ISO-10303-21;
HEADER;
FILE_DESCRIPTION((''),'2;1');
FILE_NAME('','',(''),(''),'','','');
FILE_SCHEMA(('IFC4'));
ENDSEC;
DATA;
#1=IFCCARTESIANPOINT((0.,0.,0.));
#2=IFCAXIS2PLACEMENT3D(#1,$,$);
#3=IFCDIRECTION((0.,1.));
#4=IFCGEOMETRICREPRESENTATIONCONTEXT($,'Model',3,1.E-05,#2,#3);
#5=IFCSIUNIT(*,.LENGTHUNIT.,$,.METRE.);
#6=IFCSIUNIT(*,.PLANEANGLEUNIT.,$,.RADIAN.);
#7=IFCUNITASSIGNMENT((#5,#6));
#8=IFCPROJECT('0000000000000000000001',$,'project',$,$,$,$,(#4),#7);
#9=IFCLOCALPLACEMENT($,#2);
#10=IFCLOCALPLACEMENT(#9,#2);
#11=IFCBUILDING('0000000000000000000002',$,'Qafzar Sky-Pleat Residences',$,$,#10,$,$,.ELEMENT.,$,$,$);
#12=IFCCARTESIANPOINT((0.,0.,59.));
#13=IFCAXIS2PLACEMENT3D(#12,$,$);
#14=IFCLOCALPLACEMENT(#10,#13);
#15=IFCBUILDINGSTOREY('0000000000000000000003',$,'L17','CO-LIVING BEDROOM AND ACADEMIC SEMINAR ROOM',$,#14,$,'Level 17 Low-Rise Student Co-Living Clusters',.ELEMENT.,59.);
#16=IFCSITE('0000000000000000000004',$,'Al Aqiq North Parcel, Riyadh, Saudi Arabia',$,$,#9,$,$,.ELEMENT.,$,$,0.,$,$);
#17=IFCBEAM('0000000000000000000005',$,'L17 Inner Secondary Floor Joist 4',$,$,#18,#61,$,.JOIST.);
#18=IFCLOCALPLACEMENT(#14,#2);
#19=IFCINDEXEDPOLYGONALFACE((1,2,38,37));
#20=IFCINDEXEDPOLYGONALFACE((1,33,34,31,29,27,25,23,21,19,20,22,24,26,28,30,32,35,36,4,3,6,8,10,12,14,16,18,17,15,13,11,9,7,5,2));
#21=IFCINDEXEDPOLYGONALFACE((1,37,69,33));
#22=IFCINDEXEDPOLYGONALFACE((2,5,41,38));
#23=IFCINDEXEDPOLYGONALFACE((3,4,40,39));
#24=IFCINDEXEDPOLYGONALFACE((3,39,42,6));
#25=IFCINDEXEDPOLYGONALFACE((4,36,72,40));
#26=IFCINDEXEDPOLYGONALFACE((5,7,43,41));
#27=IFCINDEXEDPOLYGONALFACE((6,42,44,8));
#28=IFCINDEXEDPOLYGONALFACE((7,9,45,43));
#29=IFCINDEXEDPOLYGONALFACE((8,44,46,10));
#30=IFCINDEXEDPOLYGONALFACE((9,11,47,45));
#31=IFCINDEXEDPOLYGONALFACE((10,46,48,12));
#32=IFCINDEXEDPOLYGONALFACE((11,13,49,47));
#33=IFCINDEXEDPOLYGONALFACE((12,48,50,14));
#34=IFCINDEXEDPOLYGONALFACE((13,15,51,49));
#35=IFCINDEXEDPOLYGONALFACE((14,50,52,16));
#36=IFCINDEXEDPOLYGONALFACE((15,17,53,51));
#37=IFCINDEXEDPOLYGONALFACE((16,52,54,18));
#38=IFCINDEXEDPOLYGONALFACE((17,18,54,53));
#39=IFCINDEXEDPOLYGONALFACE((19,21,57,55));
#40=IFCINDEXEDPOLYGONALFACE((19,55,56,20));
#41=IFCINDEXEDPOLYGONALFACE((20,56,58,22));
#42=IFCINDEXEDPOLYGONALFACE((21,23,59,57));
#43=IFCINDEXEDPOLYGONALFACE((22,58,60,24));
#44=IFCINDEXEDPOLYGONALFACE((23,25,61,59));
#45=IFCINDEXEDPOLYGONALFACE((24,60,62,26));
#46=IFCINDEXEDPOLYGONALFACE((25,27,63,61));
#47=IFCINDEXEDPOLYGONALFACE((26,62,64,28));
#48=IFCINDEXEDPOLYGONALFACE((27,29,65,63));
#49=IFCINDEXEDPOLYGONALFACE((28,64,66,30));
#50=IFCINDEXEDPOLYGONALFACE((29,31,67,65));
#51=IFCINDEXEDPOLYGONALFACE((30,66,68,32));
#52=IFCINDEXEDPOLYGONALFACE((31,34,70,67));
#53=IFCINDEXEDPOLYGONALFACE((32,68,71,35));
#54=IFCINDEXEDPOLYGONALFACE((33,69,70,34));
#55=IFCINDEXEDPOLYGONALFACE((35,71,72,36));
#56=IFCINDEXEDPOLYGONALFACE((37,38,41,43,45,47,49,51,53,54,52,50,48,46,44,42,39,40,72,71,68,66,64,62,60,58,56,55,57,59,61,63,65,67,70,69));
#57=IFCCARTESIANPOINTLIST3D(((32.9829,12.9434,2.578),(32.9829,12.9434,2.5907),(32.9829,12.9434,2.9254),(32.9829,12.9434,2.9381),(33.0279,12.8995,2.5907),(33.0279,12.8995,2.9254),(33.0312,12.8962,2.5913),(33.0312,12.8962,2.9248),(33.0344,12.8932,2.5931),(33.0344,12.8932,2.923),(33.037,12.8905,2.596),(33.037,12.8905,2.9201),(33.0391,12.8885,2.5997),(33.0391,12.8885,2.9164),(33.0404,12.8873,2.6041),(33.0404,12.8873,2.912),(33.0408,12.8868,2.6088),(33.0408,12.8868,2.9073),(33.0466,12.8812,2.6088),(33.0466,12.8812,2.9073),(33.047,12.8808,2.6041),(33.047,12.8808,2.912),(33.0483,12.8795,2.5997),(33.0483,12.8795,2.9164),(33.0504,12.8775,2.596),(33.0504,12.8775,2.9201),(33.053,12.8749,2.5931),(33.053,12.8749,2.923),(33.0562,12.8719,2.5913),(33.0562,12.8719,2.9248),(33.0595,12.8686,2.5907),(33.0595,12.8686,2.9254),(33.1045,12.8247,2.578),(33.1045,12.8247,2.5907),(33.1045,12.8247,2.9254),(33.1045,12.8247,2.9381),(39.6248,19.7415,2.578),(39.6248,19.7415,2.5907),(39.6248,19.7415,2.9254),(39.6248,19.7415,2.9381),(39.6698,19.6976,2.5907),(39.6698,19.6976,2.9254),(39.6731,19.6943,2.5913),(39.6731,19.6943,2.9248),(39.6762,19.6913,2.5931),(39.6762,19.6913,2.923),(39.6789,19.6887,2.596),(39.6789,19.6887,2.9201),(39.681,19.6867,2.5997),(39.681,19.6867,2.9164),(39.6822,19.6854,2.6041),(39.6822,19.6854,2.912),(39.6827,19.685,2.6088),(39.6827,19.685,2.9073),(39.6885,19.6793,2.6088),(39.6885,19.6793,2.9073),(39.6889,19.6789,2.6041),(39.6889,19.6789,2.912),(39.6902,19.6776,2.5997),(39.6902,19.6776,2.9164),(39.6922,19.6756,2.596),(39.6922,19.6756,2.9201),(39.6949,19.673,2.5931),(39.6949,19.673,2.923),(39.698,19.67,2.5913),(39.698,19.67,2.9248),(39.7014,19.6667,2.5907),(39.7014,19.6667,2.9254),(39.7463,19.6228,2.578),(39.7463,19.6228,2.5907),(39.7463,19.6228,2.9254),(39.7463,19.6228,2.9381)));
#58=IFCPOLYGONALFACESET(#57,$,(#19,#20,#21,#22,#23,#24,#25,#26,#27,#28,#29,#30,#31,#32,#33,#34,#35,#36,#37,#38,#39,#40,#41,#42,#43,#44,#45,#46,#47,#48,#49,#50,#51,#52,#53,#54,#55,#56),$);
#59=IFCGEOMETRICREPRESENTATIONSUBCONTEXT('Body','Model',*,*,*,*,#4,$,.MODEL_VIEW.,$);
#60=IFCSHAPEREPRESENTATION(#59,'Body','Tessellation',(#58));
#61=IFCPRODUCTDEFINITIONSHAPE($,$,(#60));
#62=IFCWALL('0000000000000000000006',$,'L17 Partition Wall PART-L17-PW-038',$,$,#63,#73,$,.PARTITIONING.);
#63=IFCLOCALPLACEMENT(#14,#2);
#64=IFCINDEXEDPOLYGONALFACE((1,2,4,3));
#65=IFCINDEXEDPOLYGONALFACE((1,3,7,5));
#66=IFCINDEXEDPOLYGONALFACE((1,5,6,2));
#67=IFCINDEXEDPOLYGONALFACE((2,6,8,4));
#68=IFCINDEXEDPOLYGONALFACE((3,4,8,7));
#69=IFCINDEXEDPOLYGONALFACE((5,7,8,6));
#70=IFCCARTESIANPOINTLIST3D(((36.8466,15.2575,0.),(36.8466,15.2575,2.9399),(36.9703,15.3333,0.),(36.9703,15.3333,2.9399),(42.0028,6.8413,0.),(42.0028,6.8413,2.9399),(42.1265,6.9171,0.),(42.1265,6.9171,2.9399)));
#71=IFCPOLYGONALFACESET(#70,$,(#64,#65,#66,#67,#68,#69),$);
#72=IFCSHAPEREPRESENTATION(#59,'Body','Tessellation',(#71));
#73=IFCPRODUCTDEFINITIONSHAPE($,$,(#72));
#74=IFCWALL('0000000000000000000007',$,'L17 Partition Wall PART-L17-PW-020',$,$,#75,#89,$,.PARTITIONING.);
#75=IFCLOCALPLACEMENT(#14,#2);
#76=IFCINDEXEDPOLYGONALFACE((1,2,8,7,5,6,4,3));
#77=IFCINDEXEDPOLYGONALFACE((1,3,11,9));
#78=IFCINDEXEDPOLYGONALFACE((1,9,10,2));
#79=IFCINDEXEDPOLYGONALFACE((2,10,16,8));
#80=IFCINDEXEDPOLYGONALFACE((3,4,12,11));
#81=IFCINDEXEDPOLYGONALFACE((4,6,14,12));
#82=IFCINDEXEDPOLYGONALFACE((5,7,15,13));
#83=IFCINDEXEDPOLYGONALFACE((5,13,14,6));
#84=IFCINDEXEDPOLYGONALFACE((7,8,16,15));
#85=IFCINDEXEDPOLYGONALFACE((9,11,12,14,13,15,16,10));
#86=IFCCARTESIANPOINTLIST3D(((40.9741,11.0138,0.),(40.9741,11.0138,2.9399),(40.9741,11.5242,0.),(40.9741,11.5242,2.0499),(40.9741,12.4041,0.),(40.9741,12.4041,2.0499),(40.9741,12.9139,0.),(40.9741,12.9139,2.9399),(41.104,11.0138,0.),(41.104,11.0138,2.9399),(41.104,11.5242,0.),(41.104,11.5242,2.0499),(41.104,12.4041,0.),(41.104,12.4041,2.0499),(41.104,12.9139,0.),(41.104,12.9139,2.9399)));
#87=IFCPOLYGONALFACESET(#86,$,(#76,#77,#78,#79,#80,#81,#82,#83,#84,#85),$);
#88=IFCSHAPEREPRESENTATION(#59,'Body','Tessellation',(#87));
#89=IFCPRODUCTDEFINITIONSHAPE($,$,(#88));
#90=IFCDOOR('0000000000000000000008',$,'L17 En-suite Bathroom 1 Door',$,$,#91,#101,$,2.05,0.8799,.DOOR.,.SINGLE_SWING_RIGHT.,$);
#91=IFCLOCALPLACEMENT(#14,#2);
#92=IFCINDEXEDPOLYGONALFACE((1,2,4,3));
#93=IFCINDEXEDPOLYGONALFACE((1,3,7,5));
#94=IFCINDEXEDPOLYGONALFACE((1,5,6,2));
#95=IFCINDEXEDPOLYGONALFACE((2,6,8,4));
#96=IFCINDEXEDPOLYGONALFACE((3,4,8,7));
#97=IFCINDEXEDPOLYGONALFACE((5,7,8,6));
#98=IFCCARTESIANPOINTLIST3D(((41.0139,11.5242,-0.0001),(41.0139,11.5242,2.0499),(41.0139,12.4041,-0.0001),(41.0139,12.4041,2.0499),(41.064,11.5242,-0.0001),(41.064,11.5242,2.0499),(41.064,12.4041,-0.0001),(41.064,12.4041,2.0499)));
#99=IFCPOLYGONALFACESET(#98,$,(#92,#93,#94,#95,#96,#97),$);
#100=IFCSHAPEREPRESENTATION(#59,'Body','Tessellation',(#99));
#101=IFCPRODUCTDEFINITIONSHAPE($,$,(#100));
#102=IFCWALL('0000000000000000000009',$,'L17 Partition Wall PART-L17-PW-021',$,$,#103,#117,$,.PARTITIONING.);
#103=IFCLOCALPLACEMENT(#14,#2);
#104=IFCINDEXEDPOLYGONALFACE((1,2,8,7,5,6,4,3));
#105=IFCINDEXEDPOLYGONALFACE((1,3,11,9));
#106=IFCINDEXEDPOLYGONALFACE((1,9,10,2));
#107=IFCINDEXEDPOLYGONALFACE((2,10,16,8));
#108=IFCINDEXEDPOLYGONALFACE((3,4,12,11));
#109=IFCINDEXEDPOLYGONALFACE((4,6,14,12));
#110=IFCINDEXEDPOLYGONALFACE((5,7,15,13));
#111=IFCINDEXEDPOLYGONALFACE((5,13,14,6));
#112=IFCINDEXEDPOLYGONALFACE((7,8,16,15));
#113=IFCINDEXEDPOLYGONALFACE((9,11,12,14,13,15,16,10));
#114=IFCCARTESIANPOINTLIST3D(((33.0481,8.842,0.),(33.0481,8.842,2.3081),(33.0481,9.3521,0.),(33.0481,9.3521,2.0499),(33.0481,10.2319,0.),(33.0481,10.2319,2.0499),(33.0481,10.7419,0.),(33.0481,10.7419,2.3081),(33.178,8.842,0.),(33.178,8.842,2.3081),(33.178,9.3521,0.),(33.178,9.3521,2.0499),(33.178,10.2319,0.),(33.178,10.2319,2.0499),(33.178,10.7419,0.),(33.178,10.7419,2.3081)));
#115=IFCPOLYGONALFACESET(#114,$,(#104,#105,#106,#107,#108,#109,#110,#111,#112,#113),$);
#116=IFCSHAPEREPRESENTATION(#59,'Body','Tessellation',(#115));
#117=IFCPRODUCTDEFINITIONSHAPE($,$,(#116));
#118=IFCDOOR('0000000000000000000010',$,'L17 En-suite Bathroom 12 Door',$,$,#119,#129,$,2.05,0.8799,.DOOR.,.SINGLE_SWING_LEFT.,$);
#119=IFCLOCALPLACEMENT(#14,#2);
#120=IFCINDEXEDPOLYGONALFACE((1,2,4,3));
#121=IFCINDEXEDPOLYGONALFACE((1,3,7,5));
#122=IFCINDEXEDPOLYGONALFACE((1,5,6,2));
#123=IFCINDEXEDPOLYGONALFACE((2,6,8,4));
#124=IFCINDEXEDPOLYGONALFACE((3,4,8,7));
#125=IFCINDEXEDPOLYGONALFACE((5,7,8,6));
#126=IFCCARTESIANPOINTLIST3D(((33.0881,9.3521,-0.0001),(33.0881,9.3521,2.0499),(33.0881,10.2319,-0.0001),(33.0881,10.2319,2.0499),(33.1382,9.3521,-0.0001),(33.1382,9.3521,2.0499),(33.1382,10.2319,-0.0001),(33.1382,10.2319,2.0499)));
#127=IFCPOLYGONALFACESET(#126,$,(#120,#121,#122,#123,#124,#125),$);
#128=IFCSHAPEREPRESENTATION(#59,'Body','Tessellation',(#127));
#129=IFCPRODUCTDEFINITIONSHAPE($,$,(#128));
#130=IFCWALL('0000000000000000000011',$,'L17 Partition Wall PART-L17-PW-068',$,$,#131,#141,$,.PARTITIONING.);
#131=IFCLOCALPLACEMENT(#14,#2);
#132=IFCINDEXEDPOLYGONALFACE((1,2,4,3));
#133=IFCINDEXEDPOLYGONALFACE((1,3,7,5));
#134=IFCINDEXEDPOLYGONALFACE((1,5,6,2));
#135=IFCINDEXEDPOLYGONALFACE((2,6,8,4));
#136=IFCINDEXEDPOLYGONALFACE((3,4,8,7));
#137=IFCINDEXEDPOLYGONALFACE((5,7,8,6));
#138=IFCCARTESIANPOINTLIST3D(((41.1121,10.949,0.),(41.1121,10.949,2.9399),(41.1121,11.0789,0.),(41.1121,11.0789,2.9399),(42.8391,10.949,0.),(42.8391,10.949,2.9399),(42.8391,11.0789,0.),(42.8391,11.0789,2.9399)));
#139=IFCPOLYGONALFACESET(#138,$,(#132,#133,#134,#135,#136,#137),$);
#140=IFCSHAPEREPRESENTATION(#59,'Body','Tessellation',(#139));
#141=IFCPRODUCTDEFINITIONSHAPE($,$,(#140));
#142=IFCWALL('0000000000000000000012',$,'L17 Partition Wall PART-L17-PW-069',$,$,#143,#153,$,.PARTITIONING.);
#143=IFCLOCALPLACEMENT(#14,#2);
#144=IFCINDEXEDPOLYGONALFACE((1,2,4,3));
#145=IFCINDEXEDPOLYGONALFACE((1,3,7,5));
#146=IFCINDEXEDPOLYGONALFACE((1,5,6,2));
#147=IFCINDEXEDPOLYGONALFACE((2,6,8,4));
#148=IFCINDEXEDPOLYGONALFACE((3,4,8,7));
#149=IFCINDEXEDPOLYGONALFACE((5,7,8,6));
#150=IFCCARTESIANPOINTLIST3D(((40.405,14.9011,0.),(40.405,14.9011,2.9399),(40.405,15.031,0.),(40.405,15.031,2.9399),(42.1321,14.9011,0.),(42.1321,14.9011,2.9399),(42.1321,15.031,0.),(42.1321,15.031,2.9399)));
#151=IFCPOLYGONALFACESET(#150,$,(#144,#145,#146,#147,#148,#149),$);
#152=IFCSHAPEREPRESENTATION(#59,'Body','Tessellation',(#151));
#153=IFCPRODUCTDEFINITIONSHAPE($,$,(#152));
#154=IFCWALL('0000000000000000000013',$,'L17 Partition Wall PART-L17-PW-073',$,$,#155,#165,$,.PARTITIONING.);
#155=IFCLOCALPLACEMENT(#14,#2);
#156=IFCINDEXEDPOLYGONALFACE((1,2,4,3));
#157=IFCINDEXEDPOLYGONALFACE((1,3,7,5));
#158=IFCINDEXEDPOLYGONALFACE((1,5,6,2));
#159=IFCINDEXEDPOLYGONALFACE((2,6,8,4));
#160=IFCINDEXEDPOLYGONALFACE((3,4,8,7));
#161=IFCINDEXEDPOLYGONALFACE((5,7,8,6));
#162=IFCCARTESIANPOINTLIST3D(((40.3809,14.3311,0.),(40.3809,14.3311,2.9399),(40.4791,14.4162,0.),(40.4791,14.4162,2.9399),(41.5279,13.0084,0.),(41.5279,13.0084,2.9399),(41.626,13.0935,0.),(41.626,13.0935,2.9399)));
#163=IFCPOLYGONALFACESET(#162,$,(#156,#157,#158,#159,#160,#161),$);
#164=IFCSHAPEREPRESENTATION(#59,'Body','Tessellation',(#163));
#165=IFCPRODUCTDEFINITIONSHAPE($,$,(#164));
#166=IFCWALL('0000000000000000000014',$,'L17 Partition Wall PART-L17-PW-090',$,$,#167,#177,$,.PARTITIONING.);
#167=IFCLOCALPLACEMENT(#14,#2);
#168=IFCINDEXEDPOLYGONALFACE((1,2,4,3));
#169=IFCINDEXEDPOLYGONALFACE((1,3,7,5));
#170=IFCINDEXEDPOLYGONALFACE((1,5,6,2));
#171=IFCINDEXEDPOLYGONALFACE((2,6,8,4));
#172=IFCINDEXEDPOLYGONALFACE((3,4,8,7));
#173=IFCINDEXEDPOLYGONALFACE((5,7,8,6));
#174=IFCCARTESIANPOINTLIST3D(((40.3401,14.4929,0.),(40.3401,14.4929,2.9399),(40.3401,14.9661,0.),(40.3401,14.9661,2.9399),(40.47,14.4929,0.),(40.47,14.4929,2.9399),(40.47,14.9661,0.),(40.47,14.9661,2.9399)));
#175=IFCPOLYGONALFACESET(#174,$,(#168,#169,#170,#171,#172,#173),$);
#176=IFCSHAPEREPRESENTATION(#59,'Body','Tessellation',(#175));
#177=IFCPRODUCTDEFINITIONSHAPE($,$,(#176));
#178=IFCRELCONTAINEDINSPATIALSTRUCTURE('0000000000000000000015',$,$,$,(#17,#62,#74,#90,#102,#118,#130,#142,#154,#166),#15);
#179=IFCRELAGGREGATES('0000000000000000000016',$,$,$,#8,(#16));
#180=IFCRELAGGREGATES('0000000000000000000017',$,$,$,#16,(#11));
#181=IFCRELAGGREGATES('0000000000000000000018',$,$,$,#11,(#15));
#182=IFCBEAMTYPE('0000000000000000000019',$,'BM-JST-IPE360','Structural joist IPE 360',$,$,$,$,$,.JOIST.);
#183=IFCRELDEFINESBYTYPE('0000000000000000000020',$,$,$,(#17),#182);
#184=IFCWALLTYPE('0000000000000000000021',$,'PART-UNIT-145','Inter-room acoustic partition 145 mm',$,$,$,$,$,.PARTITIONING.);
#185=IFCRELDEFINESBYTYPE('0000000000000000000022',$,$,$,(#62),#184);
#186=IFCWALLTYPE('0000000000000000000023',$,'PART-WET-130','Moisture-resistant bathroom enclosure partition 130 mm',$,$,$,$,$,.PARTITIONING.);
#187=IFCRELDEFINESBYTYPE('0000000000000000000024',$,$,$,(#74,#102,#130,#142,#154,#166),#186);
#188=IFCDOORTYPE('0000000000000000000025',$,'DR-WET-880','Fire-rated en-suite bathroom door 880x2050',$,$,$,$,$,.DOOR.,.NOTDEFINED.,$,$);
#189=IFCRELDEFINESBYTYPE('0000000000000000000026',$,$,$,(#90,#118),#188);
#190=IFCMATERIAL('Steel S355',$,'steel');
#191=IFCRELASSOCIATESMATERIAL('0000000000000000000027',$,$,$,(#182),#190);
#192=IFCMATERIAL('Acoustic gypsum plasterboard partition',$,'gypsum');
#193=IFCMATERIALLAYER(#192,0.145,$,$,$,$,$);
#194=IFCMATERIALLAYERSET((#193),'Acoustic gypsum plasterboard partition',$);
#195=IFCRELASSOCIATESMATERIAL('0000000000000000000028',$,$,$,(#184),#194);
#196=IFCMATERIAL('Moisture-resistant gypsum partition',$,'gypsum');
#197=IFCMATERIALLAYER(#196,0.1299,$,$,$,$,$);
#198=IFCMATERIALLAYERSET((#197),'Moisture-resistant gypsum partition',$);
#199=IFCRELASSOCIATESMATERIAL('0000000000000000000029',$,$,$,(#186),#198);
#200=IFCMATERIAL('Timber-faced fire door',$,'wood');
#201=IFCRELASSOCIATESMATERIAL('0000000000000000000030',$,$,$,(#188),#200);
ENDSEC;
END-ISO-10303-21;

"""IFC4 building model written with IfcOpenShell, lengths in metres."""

from ifc_helpers import new_model, si_unit, direction, frame, frame_2d, origin, origin_2d, place, context, subcontext, project, spatial, rectangle, i_section, extrude, source, transform, mapped, material, layer, layer_set, material_profile, profile_set, type_object, element, fill, save


model = new_model("IFC4")

# Units and contexts
model_context = context("Model", 3, precision=1e-05, world=origin(), true_north=direction((0.0, 1.0)))
body_context = subcontext(model_context, "Body", "Model", "MODEL_VIEW")
ifc_project = project(units=[si_unit("LENGTHUNIT", "METRE"), si_unit("PLANEANGLEUNIT", "RADIAN")], contexts=[model_context])

# Site, building, storey
site_placement = place(None, origin())
site = spatial("IfcSite", under=ifc_project, at=site_placement, Name="Al Aqiq North Parcel, Riyadh, Saudi Arabia", CompositionType="ELEMENT", RefElevation=0.0)
building_placement = place(site_placement, origin())
building = spatial("IfcBuilding", under=site, at=building_placement, Name="Qafzar Sky-Pleat Residences", CompositionType="ELEMENT")
storey_placement = place(building_placement, frame((0.0, 0.0, 59.0)))
storey = spatial("IfcBuildingStorey", under=building, at=storey_placement, Name="L17", Description="CO-LIVING BEDROOM AND ACADEMIC SEMINAR ROOM", LongName="Level 17 Low-Rise Student Co-Living Clusters", CompositionType="ELEMENT", Elevation=59.0)

# Beam
ifc_material_1 = material(Name="Steel S355", Category="steel")
ifc_material_profile_1 = material_profile(ifc_material_1, i_section(OverallWidth=0.1699, OverallDepth=0.3601, WebThickness=0.0081, FlangeThickness=0.0127, FilletRadius=0.0181, at=origin_2d()), Name="IPE 360")
ifc_profile_set_1 = profile_set([ifc_material_profile_1], Name="Steel S355")
beam_type_1 = type_object("IfcBeamType", Name="BM-JST-IPE360", Description="Structural joist IPE 360", PredefinedType="JOIST", material=ifc_profile_set_1)
shared_shape_1 = source(origin(), body_context, "Body", "SweptSolid", [
    extrude(i_section(OverallWidth=0.1699, OverallDepth=0.3601, WebThickness=0.0081, FlangeThickness=0.0127, FilletRadius=0.0181, at=origin_2d()), origin(), (0.0, 0.0, 1.0), 9.5042),
])
beam_1_placement = place(storey_placement, frame((33.0437, 12.884, 2.7581), z_axis=(0.698839, 0.715279, 0.0), x_axis=(-0.715279, 0.698839, 0.0)))
element("IfcBeam", 1, at=beam_1_placement, inside=storey, type_object=beam_type_1, Name="L17 Inner Secondary Floor Joist 4", PredefinedType="JOIST", context=body_context, shape_type="MappedRepresentation", body=[
    mapped(shared_shape_1, transform((0.0, 0.0, 0.0), x_axis=(1.0, 0.0, 0.0), y_axis=(0.0, 1.0, 0.0), z_axis=(0.0, 0.0, 1.0), scale=1.0)),
])

# Wall
ifc_material_2 = material(Name="Acoustic gypsum plasterboard partition", Category="gypsum")
ifc_layer_1 = layer(ifc_material_2, 0.145)
ifc_layer_set_1 = layer_set([ifc_layer_1], Name="Acoustic gypsum plasterboard partition")
wall_type_1 = type_object("IfcWallType", Name="PART-UNIT-145", Description="Inter-room acoustic partition 145 mm", PredefinedType="PARTITIONING", material=ifc_layer_set_1)
wall_1_placement = place(storey_placement, frame((36.9084, 15.2954, 0.0), z_axis=(0.0, 0.0, 1.0), x_axis=(0.522407, -0.852696, 0.0)))
element("IfcWall", 2, at=wall_1_placement, inside=storey, type_object=wall_type_1, Name="L17 Partition Wall PART-L17-PW-038", PredefinedType="PARTITIONING", context=body_context, shape_type="SweptSolid", body=[
    extrude(rectangle(XDim=9.8701, YDim=0.145, at=frame_2d((4.9351, 0.0))), origin(), (0.0, 0.0, 1.0), 2.9399),
])

# Walls, openings, doors
ifc_material_3 = material(Name="Moisture-resistant gypsum partition", Category="gypsum")
ifc_layer_2 = layer(ifc_material_3, 0.1299)
ifc_layer_set_2 = layer_set([ifc_layer_2], Name="Moisture-resistant gypsum partition")
wall_type_2 = type_object("IfcWallType", Name="PART-WET-130", Description="Moisture-resistant bathroom enclosure partition 130 mm", PredefinedType="PARTITIONING", material=ifc_layer_set_2)
wall_2_placement = place(storey_placement, frame((41.0391, 12.9141, 0.0), z_axis=(0.0, 0.0, 1.0), x_axis=(0.0, -1.0, 0.0)))
wall_2 = element("IfcWall", 3, at=wall_2_placement, inside=storey, type_object=wall_type_2, Name="L17 Partition Wall PART-L17-PW-020", PredefinedType="PARTITIONING", context=body_context, shape_type="SweptSolid", body=[
    extrude(rectangle(XDim=1.9001, YDim=0.1299, at=frame_2d((0.9502, 0.0))), origin(), (0.0, 0.0, 1.0), 2.9399),
])
opening_1_placement = place(wall_2_placement, frame((0.51, 0.0, 0.0)))
opening_1 = element("IfcOpeningElement", 4, at=opening_1_placement, cuts=wall_2, PredefinedType="OPENING", context=body_context, shape_type="SweptSolid", body=[
    extrude(rectangle(XDim=0.8799, YDim=2.05, at=frame_2d((0.4399, 1.0249))), frame((0.0, 0.075, 0.0), z_axis=(0.0, -1.0, 0.0), x_axis=(1.0, 0.0, 0.0)), (0.0, 0.0, 1.0), 0.1499),
])
ifc_material_4 = material(Name="Timber-faced fire door", Category="wood")
door_type = type_object("IfcDoorType", Name="DR-WET-880", Description="Fire-rated en-suite bathroom door 880x2050", OperationType="NOTDEFINED", PredefinedType="DOOR", material=ifc_material_4)
shared_shape_2 = source(origin(), body_context, "Body", "SweptSolid", [
    extrude(rectangle(XDim=0.8799, YDim=2.05, at=frame_2d((0.4399, 1.0249))), frame((0.0, 0.0249, 0.0), z_axis=(0.0, -1.0, 0.0), x_axis=(1.0, 0.0, 0.0)), (0.0, 0.0, 1.0), 0.05),
])
door_1_placement = place(opening_1_placement, origin())
door_1 = element("IfcDoor", 5, at=door_1_placement, inside=storey, type_object=door_type, Name="L17 En-suite Bathroom 1 Door", OperationType="SINGLE_SWING_RIGHT", OverallHeight=2.05, OverallWidth=0.8799, PredefinedType="DOOR", context=body_context, shape_type="MappedRepresentation", body=[
    mapped(shared_shape_2, transform((0.0, 0.0, 0.0), x_axis=(1.0, 0.0, 0.0), y_axis=(0.0, 1.0, 0.0), z_axis=(0.0, 0.0, 1.0), scale=1.0)),
])
fill(opening_1, door_1)
wall_3_placement = place(storey_placement, frame((33.113, 8.842, 0.0), z_axis=(0.0, 0.0, 1.0), x_axis=(0.0, 1.0, 0.0)))
wall_3 = element("IfcWall", 6, at=wall_3_placement, inside=storey, type_object=wall_type_2, Name="L17 Partition Wall PART-L17-PW-021", PredefinedType="PARTITIONING", context=body_context, shape_type="SweptSolid", body=[
    extrude(rectangle(XDim=1.8999, YDim=0.1299, at=frame_2d((0.95, 0.0))), origin(), (0.0, 0.0, 1.0), 2.3081),
])
opening_2_placement = place(wall_3_placement, frame((0.51, 0.0, 0.0)))
opening_2 = element("IfcOpeningElement", 7, at=opening_2_placement, cuts=wall_3, PredefinedType="OPENING", context=body_context, shape_type="SweptSolid", body=[
    extrude(rectangle(XDim=0.8799, YDim=2.05, at=frame_2d((0.4399, 1.0249))), frame((0.0, 0.075, 0.0), z_axis=(0.0, -1.0, 0.0), x_axis=(1.0, 0.0, 0.0)), (0.0, 0.0, 1.0), 0.1499),
])
door_2_placement = place(opening_2_placement, origin())
door_2 = element("IfcDoor", 8, at=door_2_placement, inside=storey, type_object=door_type, Name="L17 En-suite Bathroom 12 Door", OperationType="SINGLE_SWING_LEFT", OverallHeight=2.05, OverallWidth=0.8799, PredefinedType="DOOR", context=body_context, shape_type="MappedRepresentation", body=[
    mapped(shared_shape_2, transform((0.0, 0.0, 0.0), x_axis=(1.0, 0.0, 0.0), y_axis=(0.0, 1.0, 0.0), z_axis=(0.0, 0.0, 1.0), scale=1.0)),
])
fill(opening_2, door_2)

# Walls
for number, where, z_axis, x_axis, name in (
    (9, (41.1121, 11.0139, 0.0), (0.0, 0.0, 1.0), (1.0, 0.0, 0.0), "L17 Partition Wall PART-L17-PW-068"),
    (10, (40.405, 14.9661, 0.0), (0.0, 0.0, 1.0), (1.0, 0.0, 0.0), "L17 Partition Wall PART-L17-PW-069"),
):
    element("IfcWall", number, at=place(storey_placement, frame(where, z_axis=z_axis, x_axis=x_axis)), inside=storey, type_object=wall_type_2, Name=name, PredefinedType="PARTITIONING", context=body_context, shape_type="SweptSolid", body=[
        extrude(rectangle(XDim=1.7271, YDim=0.1299, at=frame_2d((0.8635, 0.0))), origin(), (0.0, 0.0, 1.0), 2.9399),
    ])
wall_4_placement = place(storey_placement, frame((40.4299, 14.3738, 0.0), z_axis=(0.0, 0.0, 1.0), x_axis=(0.655122, -0.755523, 0.0)))
element("IfcWall", 11, at=wall_4_placement, inside=storey, type_object=wall_type_2, Name="L17 Partition Wall PART-L17-PW-073", PredefinedType="PARTITIONING", context=body_context, shape_type="SweptSolid", body=[
    extrude(rectangle(XDim=1.7507, YDim=0.1299, at=frame_2d((0.8755, 0.0))), origin(), (0.0, 0.0, 1.0), 2.9399),
])
wall_5_placement = place(storey_placement, frame((40.405, 14.4929, 0.0), z_axis=(0.0, 0.0, 1.0), x_axis=(0.0, 1.0, 0.0)))
element("IfcWall", 12, at=wall_5_placement, inside=storey, type_object=wall_type_2, Name="L17 Partition Wall PART-L17-PW-090", PredefinedType="PARTITIONING", context=body_context, shape_type="SweptSolid", body=[
    extrude(rectangle(XDim=0.4731, YDim=0.1299, at=frame_2d((0.2366, 0.0))), origin(), (0.0, 0.0, 1.0), 2.9399),
])

save(model, "model.ifc")
